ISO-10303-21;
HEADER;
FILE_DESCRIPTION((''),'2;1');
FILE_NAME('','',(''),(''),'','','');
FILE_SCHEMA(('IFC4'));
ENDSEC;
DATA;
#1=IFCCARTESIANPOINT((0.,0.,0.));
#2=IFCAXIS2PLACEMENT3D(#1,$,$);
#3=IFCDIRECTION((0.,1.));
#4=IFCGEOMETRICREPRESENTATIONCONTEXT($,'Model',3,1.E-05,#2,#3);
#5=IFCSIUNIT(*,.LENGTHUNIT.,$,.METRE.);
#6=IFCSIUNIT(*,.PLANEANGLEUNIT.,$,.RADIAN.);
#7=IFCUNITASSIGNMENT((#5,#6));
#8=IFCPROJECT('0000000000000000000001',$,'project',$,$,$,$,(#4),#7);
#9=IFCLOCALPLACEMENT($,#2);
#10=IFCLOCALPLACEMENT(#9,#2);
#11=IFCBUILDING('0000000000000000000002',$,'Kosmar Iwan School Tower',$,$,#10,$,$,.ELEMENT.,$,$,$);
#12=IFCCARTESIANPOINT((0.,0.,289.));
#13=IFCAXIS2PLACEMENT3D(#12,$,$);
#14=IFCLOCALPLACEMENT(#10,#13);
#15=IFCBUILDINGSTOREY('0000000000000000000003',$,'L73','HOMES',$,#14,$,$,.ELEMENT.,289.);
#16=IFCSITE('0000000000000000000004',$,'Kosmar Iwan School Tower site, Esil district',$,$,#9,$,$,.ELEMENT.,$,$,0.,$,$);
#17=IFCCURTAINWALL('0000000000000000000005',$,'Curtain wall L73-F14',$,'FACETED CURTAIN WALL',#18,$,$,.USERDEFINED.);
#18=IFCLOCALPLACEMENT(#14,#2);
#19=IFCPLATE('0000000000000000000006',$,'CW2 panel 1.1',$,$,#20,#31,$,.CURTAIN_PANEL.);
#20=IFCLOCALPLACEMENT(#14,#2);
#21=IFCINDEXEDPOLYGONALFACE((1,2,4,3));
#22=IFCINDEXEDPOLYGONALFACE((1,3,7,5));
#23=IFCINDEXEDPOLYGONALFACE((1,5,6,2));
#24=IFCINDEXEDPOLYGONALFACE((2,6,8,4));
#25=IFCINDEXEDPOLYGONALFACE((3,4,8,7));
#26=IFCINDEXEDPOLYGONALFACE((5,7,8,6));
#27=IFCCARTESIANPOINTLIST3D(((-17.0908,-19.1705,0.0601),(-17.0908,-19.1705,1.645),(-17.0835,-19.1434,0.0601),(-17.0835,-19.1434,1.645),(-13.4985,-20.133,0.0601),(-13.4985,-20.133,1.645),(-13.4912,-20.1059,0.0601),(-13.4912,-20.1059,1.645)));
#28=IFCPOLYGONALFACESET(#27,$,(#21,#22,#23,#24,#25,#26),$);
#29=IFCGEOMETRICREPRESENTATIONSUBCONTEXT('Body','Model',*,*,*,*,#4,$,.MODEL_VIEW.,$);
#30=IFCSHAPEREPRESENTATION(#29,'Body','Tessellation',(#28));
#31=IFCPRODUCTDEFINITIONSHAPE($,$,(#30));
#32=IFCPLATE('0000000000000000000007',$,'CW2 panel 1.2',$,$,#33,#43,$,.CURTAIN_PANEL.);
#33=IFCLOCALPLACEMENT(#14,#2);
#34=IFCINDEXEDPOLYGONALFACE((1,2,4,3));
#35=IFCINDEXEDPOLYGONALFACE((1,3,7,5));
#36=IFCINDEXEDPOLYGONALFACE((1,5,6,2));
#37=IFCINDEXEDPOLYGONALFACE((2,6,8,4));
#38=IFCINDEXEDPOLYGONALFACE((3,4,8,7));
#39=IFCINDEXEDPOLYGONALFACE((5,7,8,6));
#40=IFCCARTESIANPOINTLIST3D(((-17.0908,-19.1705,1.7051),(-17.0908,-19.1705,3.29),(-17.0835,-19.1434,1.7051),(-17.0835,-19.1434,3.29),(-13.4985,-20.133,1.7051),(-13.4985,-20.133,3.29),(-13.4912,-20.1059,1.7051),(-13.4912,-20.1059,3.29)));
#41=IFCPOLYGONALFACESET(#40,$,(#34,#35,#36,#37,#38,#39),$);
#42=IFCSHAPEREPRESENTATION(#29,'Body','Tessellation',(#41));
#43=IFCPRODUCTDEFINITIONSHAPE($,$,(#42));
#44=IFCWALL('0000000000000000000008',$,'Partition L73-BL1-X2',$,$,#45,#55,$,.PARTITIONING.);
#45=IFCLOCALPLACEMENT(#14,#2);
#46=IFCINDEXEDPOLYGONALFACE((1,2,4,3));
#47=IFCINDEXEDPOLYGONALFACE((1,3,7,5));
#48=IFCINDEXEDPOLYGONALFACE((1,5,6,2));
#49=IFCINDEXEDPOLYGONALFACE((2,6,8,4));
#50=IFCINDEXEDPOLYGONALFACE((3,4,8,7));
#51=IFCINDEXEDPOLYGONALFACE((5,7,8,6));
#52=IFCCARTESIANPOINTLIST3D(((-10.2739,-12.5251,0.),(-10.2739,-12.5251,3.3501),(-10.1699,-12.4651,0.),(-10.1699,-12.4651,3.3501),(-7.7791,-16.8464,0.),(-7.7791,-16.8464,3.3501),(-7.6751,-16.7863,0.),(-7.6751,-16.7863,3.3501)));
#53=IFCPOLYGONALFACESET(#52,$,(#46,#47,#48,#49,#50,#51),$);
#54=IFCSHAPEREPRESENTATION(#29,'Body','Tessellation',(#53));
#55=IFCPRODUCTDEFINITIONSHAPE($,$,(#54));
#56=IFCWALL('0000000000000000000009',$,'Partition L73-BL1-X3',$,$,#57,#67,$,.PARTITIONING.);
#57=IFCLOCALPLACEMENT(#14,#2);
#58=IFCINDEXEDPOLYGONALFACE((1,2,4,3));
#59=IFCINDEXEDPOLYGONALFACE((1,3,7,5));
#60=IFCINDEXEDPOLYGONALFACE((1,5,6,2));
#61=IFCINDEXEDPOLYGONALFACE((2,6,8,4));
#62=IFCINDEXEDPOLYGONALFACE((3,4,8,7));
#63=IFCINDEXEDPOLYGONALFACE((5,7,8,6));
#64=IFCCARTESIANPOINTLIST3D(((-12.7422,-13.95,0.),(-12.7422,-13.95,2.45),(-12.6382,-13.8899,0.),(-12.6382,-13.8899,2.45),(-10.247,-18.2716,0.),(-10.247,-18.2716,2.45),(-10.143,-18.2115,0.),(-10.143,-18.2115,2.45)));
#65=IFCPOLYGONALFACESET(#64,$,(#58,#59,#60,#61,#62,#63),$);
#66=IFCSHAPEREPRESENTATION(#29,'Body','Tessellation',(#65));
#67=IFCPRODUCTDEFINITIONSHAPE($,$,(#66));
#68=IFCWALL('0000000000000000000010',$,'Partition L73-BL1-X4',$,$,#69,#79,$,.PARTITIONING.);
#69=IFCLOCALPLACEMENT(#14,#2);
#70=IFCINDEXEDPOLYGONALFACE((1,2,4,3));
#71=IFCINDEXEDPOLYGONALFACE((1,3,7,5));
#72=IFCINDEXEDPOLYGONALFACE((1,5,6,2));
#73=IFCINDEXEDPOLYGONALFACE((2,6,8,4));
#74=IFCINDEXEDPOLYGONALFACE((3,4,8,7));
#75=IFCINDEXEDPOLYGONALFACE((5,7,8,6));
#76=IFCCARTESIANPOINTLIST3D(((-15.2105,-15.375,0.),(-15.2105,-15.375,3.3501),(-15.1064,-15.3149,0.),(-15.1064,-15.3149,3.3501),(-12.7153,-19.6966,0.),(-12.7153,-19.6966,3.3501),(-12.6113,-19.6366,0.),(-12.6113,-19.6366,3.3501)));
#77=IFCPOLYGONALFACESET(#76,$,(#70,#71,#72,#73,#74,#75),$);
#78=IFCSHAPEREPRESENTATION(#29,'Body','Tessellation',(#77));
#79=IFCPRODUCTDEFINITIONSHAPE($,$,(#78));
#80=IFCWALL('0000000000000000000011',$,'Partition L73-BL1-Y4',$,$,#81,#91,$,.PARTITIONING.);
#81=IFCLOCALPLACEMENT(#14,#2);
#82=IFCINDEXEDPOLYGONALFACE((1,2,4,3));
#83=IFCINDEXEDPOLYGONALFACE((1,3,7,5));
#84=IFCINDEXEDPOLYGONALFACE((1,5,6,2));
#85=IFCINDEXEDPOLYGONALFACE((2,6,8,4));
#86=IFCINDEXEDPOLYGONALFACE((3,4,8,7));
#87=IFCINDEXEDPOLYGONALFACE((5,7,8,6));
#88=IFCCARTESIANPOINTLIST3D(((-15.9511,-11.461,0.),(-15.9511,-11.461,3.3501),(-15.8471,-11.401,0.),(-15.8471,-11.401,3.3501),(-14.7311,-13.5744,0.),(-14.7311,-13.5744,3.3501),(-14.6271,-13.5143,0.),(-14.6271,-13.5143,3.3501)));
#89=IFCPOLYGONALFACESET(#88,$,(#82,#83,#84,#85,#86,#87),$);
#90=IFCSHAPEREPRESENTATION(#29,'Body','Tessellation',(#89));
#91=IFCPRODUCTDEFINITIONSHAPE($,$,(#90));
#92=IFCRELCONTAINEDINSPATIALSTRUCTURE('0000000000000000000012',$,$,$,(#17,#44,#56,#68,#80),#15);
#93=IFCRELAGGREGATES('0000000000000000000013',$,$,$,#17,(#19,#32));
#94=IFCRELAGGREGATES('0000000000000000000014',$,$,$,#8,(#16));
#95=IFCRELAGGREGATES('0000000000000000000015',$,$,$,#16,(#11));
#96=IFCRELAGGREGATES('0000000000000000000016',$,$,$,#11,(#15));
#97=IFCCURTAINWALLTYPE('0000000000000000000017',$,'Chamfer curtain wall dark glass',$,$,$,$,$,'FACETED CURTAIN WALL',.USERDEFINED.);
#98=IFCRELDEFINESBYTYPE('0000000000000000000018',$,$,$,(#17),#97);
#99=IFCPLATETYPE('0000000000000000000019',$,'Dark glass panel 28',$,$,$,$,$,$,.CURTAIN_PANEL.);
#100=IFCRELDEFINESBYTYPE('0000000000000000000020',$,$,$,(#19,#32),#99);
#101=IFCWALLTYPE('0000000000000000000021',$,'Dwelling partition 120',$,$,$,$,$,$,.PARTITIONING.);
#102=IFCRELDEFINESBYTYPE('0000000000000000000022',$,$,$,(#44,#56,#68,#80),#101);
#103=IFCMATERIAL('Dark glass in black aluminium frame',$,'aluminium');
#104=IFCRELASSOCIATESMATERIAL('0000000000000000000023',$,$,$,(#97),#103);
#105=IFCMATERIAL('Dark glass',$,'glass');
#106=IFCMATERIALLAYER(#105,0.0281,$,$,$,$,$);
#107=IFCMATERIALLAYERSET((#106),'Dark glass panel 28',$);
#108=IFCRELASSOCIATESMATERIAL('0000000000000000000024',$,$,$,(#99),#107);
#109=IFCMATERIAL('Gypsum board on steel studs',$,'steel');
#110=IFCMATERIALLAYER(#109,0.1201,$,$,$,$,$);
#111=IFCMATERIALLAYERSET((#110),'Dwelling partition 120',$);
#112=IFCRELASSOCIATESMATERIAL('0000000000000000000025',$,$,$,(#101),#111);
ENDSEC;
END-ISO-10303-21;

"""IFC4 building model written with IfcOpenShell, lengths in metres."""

from ifc_helpers import new_model, si_unit, direction, frame, frame_2d, origin, origin_2d, place, context, subcontext, project, spatial, rectangle, extrude, material, layer, layer_set, type_object, element, aggregate, save


model = new_model("IFC4")

# Units and contexts
model_context = context("Model", 3, precision=1e-05, world=origin(), true_north=direction((0.0, 1.0)))
body_context = subcontext(model_context, "Body", "Model", "MODEL_VIEW")
ifc_project = project(units=[si_unit("LENGTHUNIT", "METRE"), si_unit("PLANEANGLEUNIT", "RADIAN")], contexts=[model_context])

# Site, building, storey
site_placement = place(None, origin())
site = spatial("IfcSite", under=ifc_project, at=site_placement, Name="Kosmar Iwan School Tower site, Esil district", CompositionType="ELEMENT", RefElevation=0.0)
building_placement = place(site_placement, origin())
building = spatial("IfcBuilding", under=site, at=building_placement, Name="Kosmar Iwan School Tower", CompositionType="ELEMENT")
storey_placement = place(building_placement, frame((0.0, 0.0, 289.0)))
storey = spatial("IfcBuildingStorey", under=building, at=storey_placement, Name="L73", Description="HOMES", CompositionType="ELEMENT", Elevation=289.0)

# Curtain wall
ifc_material_1 = material(Name="Dark glass in black aluminium frame", Category="aluminium")
curtain_wall_type = type_object("IfcCurtainWallType", Name="Chamfer curtain wall dark glass", ElementType="FACETED CURTAIN WALL", PredefinedType="USERDEFINED", material=ifc_material_1)
curtain_wall_placement = place(storey_placement, origin())
curtain_wall = element("IfcCurtainWall", 1, at=curtain_wall_placement, inside=storey, type_object=curtain_wall_type, Name="Curtain wall L73-F14", ObjectType="FACETED CURTAIN WALL", PredefinedType="USERDEFINED")

# Plates
ifc_material_2 = material(Name="Dark glass", Category="glass")
ifc_layer_1 = layer(ifc_material_2, 0.0281)
ifc_layer_set_1 = layer_set([ifc_layer_1], Name="Dark glass panel 28")
plate_type = type_object("IfcPlateType", Name="Dark glass panel 28", PredefinedType="CURTAIN_PANEL", material=ifc_layer_set_1)
plate_1_placement = place(storey_placement, frame((-15.291, -19.6382, 0.0601), z_axis=(0.0, 0.0, 1.0), x_axis=(0.965926, -0.258819, 0.0)))
plate_1 = element("IfcPlate", 2, at=plate_1_placement, type_object=plate_type, Name="CW2 panel 1.1", PredefinedType="CURTAIN_PANEL", context=body_context, shape_type="SweptSolid", body=[
    extrude(rectangle(XDim=3.719, YDim=0.0281, at=origin_2d()), origin(), (0.0, 0.0, 1.0), 1.585),
])
plate_2_placement = place(storey_placement, frame((-15.291, -19.6382, 1.7051), z_axis=(0.0, 0.0, 1.0), x_axis=(0.965926, -0.258819, 0.0)))
plate_2 = element("IfcPlate", 3, at=plate_2_placement, type_object=plate_type, Name="CW2 panel 1.2", PredefinedType="CURTAIN_PANEL", context=body_context, shape_type="SweptSolid", body=[
    extrude(rectangle(XDim=3.719, YDim=0.0281, at=origin_2d()), origin(), (0.0, 0.0, 1.0), 1.585),
])
aggregate(curtain_wall, [plate_1, plate_2])

# Walls
ifc_material_3 = material(Name="Gypsum board on steel studs", Category="steel")
ifc_layer_2 = layer(ifc_material_3, 0.1201)
ifc_layer_set_2 = layer_set([ifc_layer_2], Name="Dwelling partition 120")
wall_type = type_object("IfcWallType", Name="Dwelling partition 120", PredefinedType="PARTITIONING", material=ifc_layer_set_2)
wall_1_placement = place(storey_placement, frame((-10.2219, -12.4951, 0.0), z_axis=(0.0, 0.0, 1.0), x_axis=(0.499996, -0.866028, 0.0)))
element("IfcWall", 4, at=wall_1_placement, inside=storey, type_object=wall_type, Name="Partition L73-BL1-X2", PredefinedType="PARTITIONING", context=body_context, shape_type="SweptSolid", body=[
    extrude(rectangle(XDim=4.9897, YDim=0.1201, at=frame_2d((2.4949, 0.0))), origin(), (0.0, 0.0, 1.0), 3.3501),
])
wall_2_placement = place(storey_placement, frame((-12.6902, -13.9199, 0.0), z_axis=(0.0, 0.0, 1.0), x_axis=(0.500012, -0.866019, 0.0)))
element("IfcWall", 5, at=wall_2_placement, inside=storey, type_object=wall_type, Name="Partition L73-BL1-X3", PredefinedType="PARTITIONING", context=body_context, shape_type="SweptSolid", body=[
    extrude(rectangle(XDim=4.9902, YDim=0.1201, at=frame_2d((2.4951, 0.0))), origin(), (0.0, 0.0, 1.0), 2.45),
])
wall_3_placement = place(storey_placement, frame((-15.1584, -15.345, 0.0), z_axis=(0.0, 0.0, 1.0), x_axis=(0.500012, -0.866019, 0.0)))
element("IfcWall", 6, at=wall_3_placement, inside=storey, type_object=wall_type, Name="Partition L73-BL1-X4", PredefinedType="PARTITIONING", context=body_context, shape_type="SweptSolid", body=[
    extrude(rectangle(XDim=4.9902, YDim=0.1201, at=frame_2d((2.4951, 0.0))), origin(), (0.0, 0.0, 1.0), 3.3501),
])
wall_4_placement = place(storey_placement, frame((-15.8992, -11.4309, 0.0), z_axis=(0.0, 0.0, 1.0), x_axis=(0.499959, -0.866049, 0.0)))
element("IfcWall", 7, at=wall_4_placement, inside=storey, type_object=wall_type, Name="Partition L73-BL1-Y4", PredefinedType="PARTITIONING", context=body_context, shape_type="SweptSolid", body=[
    extrude(rectangle(XDim=2.4402, YDim=0.1201, at=frame_2d((1.2202, 0.0))), origin(), (0.0, 0.0, 1.0), 3.3501),
])

save(model, "model.ifc")
